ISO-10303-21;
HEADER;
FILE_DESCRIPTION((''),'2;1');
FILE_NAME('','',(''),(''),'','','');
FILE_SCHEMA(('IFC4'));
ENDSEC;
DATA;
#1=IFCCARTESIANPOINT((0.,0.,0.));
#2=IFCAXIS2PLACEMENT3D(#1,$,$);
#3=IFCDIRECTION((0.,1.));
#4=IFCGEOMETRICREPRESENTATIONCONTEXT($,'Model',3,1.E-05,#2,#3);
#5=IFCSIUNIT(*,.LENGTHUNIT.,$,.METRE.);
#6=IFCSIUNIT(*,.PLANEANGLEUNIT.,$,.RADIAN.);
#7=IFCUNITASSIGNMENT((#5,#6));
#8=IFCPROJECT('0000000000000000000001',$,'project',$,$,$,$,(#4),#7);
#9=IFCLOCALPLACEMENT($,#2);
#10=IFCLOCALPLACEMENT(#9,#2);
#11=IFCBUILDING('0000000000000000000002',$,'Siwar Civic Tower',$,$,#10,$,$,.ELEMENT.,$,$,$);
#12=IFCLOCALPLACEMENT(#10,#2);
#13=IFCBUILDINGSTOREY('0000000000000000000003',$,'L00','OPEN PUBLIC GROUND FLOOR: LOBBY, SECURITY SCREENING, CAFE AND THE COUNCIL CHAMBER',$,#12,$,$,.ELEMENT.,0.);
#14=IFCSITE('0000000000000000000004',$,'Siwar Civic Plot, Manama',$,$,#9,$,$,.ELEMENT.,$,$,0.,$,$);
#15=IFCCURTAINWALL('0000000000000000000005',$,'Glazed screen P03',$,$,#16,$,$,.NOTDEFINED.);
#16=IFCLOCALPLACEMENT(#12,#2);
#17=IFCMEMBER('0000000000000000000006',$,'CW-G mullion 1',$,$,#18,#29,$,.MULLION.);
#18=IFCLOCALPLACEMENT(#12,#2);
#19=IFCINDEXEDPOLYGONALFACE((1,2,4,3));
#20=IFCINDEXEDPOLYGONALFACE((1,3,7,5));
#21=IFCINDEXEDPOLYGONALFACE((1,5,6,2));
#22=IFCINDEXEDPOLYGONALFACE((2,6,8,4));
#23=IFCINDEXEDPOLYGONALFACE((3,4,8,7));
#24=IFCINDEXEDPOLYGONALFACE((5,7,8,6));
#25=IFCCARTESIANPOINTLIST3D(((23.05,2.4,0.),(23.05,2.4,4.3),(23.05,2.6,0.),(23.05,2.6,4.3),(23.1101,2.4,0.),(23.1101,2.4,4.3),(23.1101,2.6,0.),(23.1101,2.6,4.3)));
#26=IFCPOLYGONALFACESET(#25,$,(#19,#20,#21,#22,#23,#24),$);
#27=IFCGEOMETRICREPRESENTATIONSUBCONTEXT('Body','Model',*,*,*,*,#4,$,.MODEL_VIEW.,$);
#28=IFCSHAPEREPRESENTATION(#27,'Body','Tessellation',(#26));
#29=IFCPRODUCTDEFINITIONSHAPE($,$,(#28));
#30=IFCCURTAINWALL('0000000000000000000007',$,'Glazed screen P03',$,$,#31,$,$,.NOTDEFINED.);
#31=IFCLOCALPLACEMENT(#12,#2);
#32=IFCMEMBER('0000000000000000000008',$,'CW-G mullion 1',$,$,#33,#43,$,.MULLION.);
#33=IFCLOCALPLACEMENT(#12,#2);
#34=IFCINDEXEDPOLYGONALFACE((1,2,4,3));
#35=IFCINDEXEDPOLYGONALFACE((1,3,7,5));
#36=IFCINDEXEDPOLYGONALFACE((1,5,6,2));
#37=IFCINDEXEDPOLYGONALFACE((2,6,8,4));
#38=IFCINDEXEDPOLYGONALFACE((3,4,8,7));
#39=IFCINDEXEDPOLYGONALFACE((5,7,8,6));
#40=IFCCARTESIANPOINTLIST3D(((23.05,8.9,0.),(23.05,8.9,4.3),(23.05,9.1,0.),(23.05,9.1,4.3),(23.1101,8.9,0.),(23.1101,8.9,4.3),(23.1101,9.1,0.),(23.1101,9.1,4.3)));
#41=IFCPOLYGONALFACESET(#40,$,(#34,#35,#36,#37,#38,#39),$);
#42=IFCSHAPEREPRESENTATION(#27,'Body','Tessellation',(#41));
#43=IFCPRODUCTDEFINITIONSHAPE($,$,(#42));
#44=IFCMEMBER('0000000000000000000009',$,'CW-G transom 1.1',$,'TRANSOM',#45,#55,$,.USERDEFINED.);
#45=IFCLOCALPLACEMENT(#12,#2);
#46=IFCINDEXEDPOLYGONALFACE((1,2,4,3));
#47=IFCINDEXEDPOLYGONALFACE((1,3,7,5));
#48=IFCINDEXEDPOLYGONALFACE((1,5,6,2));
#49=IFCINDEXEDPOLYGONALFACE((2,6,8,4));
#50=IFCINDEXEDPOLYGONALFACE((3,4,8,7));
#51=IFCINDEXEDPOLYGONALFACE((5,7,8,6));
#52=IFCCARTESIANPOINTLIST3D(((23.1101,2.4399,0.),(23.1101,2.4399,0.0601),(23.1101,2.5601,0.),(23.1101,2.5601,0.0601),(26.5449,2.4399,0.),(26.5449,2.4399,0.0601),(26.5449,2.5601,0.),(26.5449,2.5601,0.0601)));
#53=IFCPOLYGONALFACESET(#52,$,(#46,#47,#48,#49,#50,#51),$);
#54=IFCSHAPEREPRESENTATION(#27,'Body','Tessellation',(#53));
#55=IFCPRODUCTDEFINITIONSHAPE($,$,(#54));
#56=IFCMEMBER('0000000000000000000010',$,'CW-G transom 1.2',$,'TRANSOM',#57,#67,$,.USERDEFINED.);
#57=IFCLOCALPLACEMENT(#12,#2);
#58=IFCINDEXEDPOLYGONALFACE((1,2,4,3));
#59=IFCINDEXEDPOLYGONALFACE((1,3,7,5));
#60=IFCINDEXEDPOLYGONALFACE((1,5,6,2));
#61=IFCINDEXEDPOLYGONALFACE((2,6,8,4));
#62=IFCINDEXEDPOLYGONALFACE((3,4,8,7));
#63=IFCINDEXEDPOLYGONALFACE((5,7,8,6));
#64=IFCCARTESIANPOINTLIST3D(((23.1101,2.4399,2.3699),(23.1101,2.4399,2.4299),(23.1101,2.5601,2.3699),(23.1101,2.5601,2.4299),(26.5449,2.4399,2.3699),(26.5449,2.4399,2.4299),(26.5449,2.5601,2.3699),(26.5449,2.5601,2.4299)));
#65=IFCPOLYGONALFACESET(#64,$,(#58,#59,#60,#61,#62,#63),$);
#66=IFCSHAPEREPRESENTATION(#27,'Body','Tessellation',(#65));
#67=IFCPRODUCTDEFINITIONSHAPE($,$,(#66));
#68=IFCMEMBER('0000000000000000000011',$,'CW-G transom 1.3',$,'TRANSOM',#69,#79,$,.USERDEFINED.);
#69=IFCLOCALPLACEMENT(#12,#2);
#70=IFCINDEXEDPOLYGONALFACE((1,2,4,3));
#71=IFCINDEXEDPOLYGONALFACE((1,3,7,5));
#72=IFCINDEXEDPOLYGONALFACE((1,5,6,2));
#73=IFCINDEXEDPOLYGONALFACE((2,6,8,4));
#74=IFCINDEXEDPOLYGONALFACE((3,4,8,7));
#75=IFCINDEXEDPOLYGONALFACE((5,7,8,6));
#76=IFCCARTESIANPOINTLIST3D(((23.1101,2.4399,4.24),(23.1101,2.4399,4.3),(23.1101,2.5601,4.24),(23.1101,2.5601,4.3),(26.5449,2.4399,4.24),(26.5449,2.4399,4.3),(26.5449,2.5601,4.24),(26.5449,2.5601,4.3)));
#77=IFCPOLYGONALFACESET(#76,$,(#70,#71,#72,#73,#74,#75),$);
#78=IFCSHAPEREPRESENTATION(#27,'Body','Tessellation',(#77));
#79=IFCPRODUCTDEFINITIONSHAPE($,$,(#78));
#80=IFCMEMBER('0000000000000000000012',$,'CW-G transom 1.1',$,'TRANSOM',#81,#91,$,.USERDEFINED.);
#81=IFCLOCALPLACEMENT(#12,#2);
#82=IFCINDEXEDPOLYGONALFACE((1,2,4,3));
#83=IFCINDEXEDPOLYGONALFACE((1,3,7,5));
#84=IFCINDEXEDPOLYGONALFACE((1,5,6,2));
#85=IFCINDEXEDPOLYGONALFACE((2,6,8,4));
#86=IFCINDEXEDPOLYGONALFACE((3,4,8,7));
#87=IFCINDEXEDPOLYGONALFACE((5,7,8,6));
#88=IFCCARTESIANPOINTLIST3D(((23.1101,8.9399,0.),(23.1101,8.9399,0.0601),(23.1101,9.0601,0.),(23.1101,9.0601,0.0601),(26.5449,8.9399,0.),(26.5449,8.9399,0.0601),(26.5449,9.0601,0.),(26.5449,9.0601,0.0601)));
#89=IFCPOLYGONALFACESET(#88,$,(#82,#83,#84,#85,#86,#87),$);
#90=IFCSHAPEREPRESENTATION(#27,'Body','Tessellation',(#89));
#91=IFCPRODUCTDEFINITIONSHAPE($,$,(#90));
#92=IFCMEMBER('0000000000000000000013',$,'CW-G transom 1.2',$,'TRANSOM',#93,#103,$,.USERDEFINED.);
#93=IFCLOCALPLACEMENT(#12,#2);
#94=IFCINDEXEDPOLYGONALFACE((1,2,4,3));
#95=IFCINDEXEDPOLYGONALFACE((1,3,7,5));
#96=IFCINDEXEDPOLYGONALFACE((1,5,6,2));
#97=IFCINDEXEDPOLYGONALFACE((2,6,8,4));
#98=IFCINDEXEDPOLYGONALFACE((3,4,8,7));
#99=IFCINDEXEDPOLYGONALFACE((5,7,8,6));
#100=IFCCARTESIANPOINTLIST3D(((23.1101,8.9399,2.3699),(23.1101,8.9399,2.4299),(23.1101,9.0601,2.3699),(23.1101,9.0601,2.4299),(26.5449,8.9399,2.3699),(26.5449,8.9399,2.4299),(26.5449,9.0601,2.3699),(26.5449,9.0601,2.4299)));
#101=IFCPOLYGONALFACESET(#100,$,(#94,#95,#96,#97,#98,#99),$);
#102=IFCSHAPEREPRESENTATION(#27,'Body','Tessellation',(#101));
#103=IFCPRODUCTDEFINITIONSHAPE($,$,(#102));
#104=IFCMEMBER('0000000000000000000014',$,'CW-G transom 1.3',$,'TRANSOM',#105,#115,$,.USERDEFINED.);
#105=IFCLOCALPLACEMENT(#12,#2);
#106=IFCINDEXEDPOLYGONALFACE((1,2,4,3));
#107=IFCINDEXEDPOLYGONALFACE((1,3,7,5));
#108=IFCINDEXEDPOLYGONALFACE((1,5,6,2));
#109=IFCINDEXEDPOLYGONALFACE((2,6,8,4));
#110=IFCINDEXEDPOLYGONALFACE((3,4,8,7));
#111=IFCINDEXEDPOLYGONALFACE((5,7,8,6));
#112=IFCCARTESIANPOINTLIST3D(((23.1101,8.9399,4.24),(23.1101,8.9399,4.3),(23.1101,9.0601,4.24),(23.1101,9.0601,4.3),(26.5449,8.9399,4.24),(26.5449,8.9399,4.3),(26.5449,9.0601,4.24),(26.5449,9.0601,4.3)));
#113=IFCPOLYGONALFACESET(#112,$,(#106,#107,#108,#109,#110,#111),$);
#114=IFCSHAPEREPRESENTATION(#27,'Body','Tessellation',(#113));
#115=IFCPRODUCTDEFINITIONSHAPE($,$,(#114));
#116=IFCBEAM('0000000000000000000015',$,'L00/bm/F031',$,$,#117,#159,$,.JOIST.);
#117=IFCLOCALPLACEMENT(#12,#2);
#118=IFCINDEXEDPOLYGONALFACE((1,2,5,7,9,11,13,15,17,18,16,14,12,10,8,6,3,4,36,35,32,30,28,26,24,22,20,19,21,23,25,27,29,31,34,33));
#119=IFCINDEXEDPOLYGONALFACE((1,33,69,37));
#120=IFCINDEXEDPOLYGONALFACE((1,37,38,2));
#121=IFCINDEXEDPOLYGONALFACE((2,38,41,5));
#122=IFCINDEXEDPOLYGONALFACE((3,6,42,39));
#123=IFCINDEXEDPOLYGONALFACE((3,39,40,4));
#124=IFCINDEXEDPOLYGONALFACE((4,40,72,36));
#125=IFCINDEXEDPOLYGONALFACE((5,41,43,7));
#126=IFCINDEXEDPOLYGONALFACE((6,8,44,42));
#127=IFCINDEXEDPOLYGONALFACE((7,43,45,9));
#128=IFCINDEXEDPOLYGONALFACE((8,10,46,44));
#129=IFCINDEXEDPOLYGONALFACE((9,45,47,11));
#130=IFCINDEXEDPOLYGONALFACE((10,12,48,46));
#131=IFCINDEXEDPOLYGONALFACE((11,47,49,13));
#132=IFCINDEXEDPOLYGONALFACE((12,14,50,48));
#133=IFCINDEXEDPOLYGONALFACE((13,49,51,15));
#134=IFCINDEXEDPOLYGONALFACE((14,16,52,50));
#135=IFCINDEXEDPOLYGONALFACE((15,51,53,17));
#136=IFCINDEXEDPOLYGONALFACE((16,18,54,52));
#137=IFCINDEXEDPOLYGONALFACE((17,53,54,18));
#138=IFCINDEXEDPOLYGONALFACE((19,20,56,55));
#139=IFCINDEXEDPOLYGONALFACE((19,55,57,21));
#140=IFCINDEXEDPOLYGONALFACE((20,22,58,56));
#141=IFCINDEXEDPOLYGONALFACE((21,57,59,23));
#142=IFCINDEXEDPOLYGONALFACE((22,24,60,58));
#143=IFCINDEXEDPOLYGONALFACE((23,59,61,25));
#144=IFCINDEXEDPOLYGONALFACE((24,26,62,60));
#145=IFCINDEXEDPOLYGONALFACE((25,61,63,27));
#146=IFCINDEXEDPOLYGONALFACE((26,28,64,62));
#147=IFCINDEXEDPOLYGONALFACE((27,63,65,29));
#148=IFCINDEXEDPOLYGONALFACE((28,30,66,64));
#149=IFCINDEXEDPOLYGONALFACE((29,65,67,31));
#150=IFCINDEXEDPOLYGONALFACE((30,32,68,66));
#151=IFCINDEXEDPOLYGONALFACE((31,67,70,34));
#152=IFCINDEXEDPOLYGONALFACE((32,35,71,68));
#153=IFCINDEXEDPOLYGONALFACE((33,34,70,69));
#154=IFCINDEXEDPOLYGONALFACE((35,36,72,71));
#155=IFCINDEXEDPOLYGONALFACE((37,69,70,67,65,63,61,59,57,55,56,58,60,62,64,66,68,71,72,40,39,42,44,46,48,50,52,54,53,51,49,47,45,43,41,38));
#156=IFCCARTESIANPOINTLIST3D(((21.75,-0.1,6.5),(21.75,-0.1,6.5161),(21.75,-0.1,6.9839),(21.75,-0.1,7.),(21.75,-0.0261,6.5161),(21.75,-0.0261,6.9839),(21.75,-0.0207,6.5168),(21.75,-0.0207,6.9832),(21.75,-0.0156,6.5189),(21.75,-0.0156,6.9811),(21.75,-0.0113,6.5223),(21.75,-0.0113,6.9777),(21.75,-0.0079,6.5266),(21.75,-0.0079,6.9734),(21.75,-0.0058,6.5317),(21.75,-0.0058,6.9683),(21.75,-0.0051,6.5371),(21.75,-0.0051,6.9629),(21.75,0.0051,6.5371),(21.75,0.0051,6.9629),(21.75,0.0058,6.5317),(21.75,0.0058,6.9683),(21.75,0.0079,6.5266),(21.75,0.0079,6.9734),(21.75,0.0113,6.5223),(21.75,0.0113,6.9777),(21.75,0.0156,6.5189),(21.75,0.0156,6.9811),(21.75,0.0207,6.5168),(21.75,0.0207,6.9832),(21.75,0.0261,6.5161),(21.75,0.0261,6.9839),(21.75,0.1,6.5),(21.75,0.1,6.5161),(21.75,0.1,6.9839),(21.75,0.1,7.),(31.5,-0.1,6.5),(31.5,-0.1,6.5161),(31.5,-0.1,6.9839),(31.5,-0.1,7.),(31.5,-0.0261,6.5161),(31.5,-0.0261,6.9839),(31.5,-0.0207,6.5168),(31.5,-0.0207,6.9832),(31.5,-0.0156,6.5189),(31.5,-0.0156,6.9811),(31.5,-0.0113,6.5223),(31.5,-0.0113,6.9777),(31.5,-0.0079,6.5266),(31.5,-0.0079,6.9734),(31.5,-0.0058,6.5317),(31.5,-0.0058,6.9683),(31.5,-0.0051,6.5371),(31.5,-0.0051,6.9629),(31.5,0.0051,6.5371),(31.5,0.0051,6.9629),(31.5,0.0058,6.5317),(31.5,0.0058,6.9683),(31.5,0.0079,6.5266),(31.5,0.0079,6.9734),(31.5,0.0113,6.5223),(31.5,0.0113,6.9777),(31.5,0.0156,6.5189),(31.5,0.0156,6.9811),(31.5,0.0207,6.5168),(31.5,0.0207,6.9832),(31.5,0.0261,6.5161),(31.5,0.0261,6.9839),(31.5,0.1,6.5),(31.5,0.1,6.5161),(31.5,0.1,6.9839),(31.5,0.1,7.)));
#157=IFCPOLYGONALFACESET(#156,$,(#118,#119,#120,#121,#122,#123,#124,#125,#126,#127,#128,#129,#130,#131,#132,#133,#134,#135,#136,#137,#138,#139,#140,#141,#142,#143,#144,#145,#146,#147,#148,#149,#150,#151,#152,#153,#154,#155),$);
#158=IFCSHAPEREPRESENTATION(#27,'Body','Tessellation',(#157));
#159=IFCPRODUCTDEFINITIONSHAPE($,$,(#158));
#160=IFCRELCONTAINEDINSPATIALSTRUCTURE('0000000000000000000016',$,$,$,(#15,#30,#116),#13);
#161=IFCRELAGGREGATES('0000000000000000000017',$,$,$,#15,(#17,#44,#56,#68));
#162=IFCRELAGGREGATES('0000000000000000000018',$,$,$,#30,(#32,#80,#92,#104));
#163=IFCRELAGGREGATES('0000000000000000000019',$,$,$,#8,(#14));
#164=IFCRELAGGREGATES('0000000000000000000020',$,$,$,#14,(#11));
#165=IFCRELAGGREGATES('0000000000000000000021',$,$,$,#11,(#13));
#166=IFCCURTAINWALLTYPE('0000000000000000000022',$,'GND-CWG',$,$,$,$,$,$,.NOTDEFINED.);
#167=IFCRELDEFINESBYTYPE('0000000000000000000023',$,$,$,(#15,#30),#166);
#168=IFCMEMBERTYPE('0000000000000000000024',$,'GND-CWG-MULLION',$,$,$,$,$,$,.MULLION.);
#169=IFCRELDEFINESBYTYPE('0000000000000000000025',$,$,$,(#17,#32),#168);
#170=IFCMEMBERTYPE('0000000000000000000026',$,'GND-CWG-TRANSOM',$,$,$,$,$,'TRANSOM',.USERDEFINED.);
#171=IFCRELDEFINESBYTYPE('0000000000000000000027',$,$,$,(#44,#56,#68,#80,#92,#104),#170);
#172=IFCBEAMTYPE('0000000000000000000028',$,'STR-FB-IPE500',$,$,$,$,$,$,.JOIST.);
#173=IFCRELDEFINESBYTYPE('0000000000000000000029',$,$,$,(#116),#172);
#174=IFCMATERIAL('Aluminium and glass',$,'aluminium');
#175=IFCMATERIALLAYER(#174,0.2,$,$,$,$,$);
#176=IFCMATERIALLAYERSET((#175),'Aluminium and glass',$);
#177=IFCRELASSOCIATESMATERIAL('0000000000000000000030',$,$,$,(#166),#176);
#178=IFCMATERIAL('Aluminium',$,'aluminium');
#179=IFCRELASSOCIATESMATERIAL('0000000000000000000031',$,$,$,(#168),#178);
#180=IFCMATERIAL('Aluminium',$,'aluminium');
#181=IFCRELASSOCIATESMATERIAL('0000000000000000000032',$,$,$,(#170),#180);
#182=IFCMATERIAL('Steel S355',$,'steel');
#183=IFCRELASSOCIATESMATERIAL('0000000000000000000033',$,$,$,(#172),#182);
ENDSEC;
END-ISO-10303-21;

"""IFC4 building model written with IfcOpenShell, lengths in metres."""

from ifc_helpers import new_model, si_unit, direction, frame, origin, origin_2d, place, context, subcontext, project, spatial, rectangle, i_section, extrude, material, layer, layer_set, material_profile, profile_set, type_object, element, aggregate, save


model = new_model("IFC4")

# Units and contexts
model_context = context("Model", 3, precision=1e-05, world=origin(), true_north=direction((0.0, 1.0)))
body_context = subcontext(model_context, "Body", "Model", "MODEL_VIEW")
ifc_project = project(units=[si_unit("LENGTHUNIT", "METRE"), si_unit("PLANEANGLEUNIT", "RADIAN")], contexts=[model_context])

# Site, building, storey
site_placement = place(None, origin())
site = spatial("IfcSite", under=ifc_project, at=site_placement, Name="Siwar Civic Plot, Manama", CompositionType="ELEMENT", RefElevation=0.0)
building_placement = place(site_placement, origin())
building = spatial("IfcBuilding", under=site, at=building_placement, Name="Siwar Civic Tower", CompositionType="ELEMENT")
storey_placement = place(building_placement, origin())
storey = spatial("IfcBuildingStorey", under=building, at=storey_placement, Name="L00", Description="OPEN PUBLIC GROUND FLOOR: LOBBY, SECURITY SCREENING, CAFE AND THE COUNCIL CHAMBER", CompositionType="ELEMENT", Elevation=0.0)

# Curtain walls, members
ifc_material_1 = material(Name="Aluminium and glass", Category="aluminium")
ifc_layer_1 = layer(ifc_material_1, 0.2)
ifc_layer_set_1 = layer_set([ifc_layer_1], Name="Aluminium and glass")
curtain_wall_type = type_object("IfcCurtainWallType", Name="GND-CWG", PredefinedType="NOTDEFINED", material=ifc_layer_set_1)
curtain_wall_1_placement = place(storey_placement, origin())
curtain_wall_1 = element("IfcCurtainWall", 1, at=curtain_wall_1_placement, inside=storey, type_object=curtain_wall_type, Name="Glazed screen P03", PredefinedType="NOTDEFINED")
ifc_material_2 = material(Name="Aluminium", Category="aluminium")
ifc_material_profile_1 = material_profile(ifc_material_2, rectangle(XDim=0.2, YDim=0.0601, at=origin_2d()), Name="AL 200x60")
ifc_profile_set_1 = profile_set([ifc_material_profile_1], Name="Aluminium")
member_type_1 = type_object("IfcMemberType", Name="GND-CWG-MULLION", PredefinedType="MULLION", material=ifc_profile_set_1)
member_1_placement = place(storey_placement, frame((23.0801, 2.5, 0.0), z_axis=(0.0, 0.0, 1.0), x_axis=(0.0, 1.0, 0.0)))
member_1 = element("IfcMember", 2, at=member_1_placement, type_object=member_type_1, Name="CW-G mullion 1", PredefinedType="MULLION", context=body_context, shape_type="SweptSolid", body=[
    extrude(rectangle(XDim=0.2, YDim=0.0601, at=origin_2d()), origin(), (0.0, 0.0, 1.0), 4.3),
])
curtain_wall_2_placement = place(storey_placement, origin())
curtain_wall_2 = element("IfcCurtainWall", 3, at=curtain_wall_2_placement, inside=storey, type_object=curtain_wall_type, Name="Glazed screen P03", PredefinedType="NOTDEFINED")
member_2_placement = place(storey_placement, frame((23.0801, 9.0, 0.0), z_axis=(0.0, 0.0, 1.0), x_axis=(0.0, 1.0, 0.0)))
member_2 = element("IfcMember", 4, at=member_2_placement, type_object=member_type_1, Name="CW-G mullion 1", PredefinedType="MULLION", context=body_context, shape_type="SweptSolid", body=[
    extrude(rectangle(XDim=0.2, YDim=0.0601, at=origin_2d()), origin(), (0.0, 0.0, 1.0), 4.3),
])

# Members
ifc_material_3 = material(Name="Aluminium", Category="aluminium")
ifc_material_profile_2 = material_profile(ifc_material_3, rectangle(XDim=0.1201, YDim=0.0601, at=origin_2d()), Name="AL 120x60")
ifc_profile_set_2 = profile_set([ifc_material_profile_2], Name="Aluminium")
member_type_2 = type_object("IfcMemberType", Name="GND-CWG-TRANSOM", ElementType="TRANSOM", PredefinedType="USERDEFINED", material=ifc_profile_set_2)
member_3_placement = place(storey_placement, frame((23.1101, 2.5, 0.03), z_axis=(1.0, 0.0, 0.0), x_axis=(0.0, 1.0, 0.0)))
member_3 = element("IfcMember", 5, at=member_3_placement, type_object=member_type_2, Name="CW-G transom 1.1", ObjectType="TRANSOM", PredefinedType="USERDEFINED", context=body_context, shape_type="SweptSolid", body=[
    extrude(rectangle(XDim=0.1201, YDim=0.0601, at=origin_2d()), origin(), (0.0, 0.0, 1.0), 3.4348),
])
member_4_placement = place(storey_placement, frame((23.1101, 2.5, 2.3999), z_axis=(1.0, 0.0, 0.0), x_axis=(0.0, 1.0, 0.0)))
member_4 = element("IfcMember", 6, at=member_4_placement, type_object=member_type_2, Name="CW-G transom 1.2", ObjectType="TRANSOM", PredefinedType="USERDEFINED", context=body_context, shape_type="SweptSolid", body=[
    extrude(rectangle(XDim=0.1201, YDim=0.0601, at=origin_2d()), origin(), (0.0, 0.0, 1.0), 3.4348),
])
member_5_placement = place(storey_placement, frame((23.1101, 2.5, 4.27), z_axis=(1.0, 0.0, 0.0), x_axis=(0.0, 1.0, 0.0)))
member_5 = element("IfcMember", 7, at=member_5_placement, type_object=member_type_2, Name="CW-G transom 1.3", ObjectType="TRANSOM", PredefinedType="USERDEFINED", context=body_context, shape_type="SweptSolid", body=[
    extrude(rectangle(XDim=0.1201, YDim=0.0601, at=origin_2d()), origin(), (0.0, 0.0, 1.0), 3.4348),
])
aggregate(curtain_wall_1, [member_1, member_3, member_4, member_5])
member_6_placement = place(storey_placement, frame((23.1101, 9.0, 0.03), z_axis=(1.0, 0.0, 0.0), x_axis=(0.0, 1.0, 0.0)))
member_6 = element("IfcMember", 8, at=member_6_placement, type_object=member_type_2, Name="CW-G transom 1.1", ObjectType="TRANSOM", PredefinedType="USERDEFINED", context=body_context, shape_type="SweptSolid", body=[
    extrude(rectangle(XDim=0.1201, YDim=0.0601, at=origin_2d()), origin(), (0.0, 0.0, 1.0), 3.4348),
])
member_7_placement = place(storey_placement, frame((23.1101, 9.0, 2.3999), z_axis=(1.0, 0.0, 0.0), x_axis=(0.0, 1.0, 0.0)))
member_7 = element("IfcMember", 9, at=member_7_placement, type_object=member_type_2, Name="CW-G transom 1.2", ObjectType="TRANSOM", PredefinedType="USERDEFINED", context=body_context, shape_type="SweptSolid", body=[
    extrude(rectangle(XDim=0.1201, YDim=0.0601, at=origin_2d()), origin(), (0.0, 0.0, 1.0), 3.4348),
])
member_8_placement = place(storey_placement, frame((23.1101, 9.0, 4.27), z_axis=(1.0, 0.0, 0.0), x_axis=(0.0, 1.0, 0.0)))
member_8 = element("IfcMember", 10, at=member_8_placement, type_object=member_type_2, Name="CW-G transom 1.3", ObjectType="TRANSOM", PredefinedType="USERDEFINED", context=body_context, shape_type="SweptSolid", body=[
    extrude(rectangle(XDim=0.1201, YDim=0.0601, at=origin_2d()), origin(), (0.0, 0.0, 1.0), 3.4348),
])
aggregate(curtain_wall_2, [member_2, member_6, member_7, member_8])

# Beam
ifc_material_4 = material(Name="Steel S355", Category="steel")
ifc_material_profile_3 = material_profile(ifc_material_4, i_section(OverallWidth=0.2, OverallDepth=0.5, WebThickness=0.0103, FlangeThickness=0.0161, FilletRadius=0.021, at=origin_2d()), Name="IPE500")
ifc_profile_set_3 = profile_set([ifc_material_profile_3], Name="Steel S355")
beam_type = type_object("IfcBeamType", Name="STR-FB-IPE500", PredefinedType="JOIST", material=ifc_profile_set_3)
for number, where, z_axis, x_axis, name in (
    (11, (21.75, 0.0, 6.75), (1.0, 0.0, 0.0), (0.0, 1.0, 0.0), "L00/bm/F031"),
):
    element("IfcBeam", number, at=place(storey_placement, frame(where, z_axis=z_axis, x_axis=x_axis)), inside=storey, type_object=beam_type, Name=name, PredefinedType="JOIST", context=body_context, shape_type="SweptSolid", body=[
        extrude(i_section(OverallWidth=0.2, OverallDepth=0.5, WebThickness=0.0103, FlangeThickness=0.0161, FilletRadius=0.021, at=origin_2d()), origin(), (0.0, 0.0, 1.0), 9.75),
    ])

save(model, "model.ifc")
